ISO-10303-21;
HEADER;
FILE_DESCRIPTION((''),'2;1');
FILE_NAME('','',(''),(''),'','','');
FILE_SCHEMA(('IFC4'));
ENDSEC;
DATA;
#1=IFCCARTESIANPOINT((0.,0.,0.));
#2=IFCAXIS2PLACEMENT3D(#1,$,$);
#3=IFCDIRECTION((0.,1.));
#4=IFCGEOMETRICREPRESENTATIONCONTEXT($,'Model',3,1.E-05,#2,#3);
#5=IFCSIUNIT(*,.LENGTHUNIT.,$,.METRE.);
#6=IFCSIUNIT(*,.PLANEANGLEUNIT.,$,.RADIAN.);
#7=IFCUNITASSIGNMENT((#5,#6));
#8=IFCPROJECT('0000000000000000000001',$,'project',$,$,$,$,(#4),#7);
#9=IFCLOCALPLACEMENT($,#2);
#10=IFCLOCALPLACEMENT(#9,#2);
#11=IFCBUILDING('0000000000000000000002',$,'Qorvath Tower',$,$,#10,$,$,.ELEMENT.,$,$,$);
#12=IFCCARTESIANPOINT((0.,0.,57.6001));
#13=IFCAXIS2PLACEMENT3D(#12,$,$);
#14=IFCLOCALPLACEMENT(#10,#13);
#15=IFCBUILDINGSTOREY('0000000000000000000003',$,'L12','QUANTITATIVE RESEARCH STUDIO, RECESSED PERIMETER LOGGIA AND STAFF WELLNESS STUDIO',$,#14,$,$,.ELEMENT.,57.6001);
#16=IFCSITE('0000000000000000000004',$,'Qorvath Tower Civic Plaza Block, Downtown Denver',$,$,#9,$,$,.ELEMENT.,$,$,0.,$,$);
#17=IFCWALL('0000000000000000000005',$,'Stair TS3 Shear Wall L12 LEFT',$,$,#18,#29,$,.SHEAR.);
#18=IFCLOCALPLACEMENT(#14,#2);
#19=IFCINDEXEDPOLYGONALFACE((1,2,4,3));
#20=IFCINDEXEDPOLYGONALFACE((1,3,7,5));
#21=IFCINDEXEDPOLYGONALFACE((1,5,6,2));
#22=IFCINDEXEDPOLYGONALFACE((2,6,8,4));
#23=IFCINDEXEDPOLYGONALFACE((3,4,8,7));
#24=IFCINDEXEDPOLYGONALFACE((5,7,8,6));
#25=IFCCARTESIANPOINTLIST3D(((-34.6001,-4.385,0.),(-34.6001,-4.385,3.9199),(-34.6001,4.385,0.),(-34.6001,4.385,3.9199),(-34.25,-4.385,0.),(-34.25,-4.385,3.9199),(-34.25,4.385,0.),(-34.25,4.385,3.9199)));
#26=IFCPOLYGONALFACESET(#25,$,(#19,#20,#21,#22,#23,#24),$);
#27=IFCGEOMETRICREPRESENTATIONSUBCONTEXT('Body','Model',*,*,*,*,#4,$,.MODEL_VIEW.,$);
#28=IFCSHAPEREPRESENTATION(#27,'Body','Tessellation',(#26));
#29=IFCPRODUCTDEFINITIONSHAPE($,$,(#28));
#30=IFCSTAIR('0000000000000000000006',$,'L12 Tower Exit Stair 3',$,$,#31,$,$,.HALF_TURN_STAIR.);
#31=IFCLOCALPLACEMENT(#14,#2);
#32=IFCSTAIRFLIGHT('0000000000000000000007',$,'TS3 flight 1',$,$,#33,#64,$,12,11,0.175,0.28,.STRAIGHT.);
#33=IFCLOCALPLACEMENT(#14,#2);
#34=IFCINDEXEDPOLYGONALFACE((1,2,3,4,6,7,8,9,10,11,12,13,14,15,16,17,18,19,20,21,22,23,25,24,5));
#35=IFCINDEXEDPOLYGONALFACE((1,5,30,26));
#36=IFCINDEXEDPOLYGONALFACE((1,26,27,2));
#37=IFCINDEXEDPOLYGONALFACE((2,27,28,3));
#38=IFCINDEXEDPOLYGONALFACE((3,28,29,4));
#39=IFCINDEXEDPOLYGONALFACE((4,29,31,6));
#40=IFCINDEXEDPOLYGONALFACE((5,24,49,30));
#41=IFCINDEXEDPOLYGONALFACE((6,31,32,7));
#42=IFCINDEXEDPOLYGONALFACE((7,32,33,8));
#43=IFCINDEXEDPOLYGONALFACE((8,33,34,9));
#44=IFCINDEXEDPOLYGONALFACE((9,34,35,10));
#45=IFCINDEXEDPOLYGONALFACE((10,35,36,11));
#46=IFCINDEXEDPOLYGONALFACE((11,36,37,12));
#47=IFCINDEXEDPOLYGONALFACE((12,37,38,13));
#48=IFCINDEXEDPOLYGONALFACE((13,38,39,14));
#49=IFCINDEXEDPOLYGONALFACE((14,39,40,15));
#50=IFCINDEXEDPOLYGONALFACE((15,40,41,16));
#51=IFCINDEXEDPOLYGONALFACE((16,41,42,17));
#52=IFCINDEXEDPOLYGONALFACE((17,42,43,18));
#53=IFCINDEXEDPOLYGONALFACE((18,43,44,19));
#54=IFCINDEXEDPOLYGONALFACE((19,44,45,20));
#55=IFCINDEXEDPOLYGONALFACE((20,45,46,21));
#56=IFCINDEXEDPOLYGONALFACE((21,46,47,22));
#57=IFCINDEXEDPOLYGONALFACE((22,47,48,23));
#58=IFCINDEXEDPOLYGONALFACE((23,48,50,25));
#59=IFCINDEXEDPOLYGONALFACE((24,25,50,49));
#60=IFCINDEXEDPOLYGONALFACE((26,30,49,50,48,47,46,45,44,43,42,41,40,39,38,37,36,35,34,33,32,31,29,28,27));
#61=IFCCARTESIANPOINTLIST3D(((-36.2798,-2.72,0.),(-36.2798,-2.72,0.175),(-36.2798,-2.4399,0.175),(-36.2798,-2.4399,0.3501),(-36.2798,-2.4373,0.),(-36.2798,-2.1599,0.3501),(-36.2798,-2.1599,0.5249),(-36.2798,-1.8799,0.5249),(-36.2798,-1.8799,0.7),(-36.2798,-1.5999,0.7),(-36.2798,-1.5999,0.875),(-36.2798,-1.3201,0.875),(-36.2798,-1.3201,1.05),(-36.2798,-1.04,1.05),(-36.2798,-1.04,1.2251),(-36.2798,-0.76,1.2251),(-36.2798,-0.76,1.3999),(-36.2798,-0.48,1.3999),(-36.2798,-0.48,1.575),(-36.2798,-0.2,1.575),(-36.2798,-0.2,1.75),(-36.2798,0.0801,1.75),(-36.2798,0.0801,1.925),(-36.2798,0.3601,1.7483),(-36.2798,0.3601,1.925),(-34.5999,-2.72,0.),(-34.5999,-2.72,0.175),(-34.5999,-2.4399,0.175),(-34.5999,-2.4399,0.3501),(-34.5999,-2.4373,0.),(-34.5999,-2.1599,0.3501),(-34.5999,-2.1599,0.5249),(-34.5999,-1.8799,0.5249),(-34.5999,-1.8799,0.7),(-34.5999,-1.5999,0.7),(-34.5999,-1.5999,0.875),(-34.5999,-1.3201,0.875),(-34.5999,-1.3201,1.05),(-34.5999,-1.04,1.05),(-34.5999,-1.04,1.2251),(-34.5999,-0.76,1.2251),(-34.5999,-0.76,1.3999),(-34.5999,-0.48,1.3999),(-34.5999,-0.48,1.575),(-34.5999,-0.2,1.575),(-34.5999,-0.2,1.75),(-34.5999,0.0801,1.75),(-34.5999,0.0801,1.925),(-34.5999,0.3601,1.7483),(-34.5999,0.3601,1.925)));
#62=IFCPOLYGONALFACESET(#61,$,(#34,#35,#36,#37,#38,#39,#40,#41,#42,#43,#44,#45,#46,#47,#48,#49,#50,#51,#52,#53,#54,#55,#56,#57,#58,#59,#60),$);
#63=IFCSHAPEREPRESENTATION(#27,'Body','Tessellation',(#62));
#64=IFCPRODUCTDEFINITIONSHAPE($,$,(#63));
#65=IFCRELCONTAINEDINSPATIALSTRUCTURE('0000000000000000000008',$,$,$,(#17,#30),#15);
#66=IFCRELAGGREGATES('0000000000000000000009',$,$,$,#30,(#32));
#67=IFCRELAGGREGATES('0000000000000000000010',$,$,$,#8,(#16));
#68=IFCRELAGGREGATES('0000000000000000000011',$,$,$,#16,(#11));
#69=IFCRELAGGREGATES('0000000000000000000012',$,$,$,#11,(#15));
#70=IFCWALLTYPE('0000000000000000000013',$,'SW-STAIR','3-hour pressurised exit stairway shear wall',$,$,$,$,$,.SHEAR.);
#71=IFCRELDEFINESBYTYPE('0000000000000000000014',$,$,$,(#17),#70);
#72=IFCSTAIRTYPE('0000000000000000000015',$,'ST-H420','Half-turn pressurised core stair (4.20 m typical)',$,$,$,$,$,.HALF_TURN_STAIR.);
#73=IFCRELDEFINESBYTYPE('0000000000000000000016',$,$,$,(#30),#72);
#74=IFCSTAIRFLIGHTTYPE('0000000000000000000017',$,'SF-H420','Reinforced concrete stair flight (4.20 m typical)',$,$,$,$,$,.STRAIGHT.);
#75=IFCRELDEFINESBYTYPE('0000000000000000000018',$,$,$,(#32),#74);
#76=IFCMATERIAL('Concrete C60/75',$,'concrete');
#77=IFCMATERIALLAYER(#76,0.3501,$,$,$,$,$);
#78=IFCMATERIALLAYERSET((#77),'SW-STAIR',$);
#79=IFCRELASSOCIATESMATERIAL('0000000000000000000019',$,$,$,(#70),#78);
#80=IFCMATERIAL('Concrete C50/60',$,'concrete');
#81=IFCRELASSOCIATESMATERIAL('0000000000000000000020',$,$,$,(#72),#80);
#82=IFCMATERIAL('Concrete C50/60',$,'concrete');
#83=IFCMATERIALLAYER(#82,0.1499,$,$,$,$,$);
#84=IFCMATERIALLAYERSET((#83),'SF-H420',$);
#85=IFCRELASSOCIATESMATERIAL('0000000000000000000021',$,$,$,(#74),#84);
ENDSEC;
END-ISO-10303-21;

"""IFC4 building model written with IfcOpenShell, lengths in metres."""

from ifc_helpers import new_model, si_unit, direction, frame, frame_2d, origin, place, context, subcontext, project, spatial, polyline, rectangle, outline, extrude, material, layer, layer_set, type_object, element, aggregate, save


model = new_model("IFC4")

# Units and contexts
model_context = context("Model", 3, precision=1e-05, world=origin(), true_north=direction((0.0, 1.0)))
body_context = subcontext(model_context, "Body", "Model", "MODEL_VIEW")
ifc_project = project(units=[si_unit("LENGTHUNIT", "METRE"), si_unit("PLANEANGLEUNIT", "RADIAN")], contexts=[model_context])

# Site, building, storey
site_placement = place(None, origin())
site = spatial("IfcSite", under=ifc_project, at=site_placement, Name="Qorvath Tower Civic Plaza Block, Downtown Denver", CompositionType="ELEMENT", RefElevation=0.0)
building_placement = place(site_placement, origin())
building = spatial("IfcBuilding", under=site, at=building_placement, Name="Qorvath Tower", CompositionType="ELEMENT")
storey_placement = place(building_placement, frame((0.0, 0.0, 57.6001)))
storey = spatial("IfcBuildingStorey", under=building, at=storey_placement, Name="L12", Description="QUANTITATIVE RESEARCH STUDIO, RECESSED PERIMETER LOGGIA AND STAFF WELLNESS STUDIO", CompositionType="ELEMENT", Elevation=57.6001)

# Shared definitions
ifc_material_1 = material(Name="Concrete C60/75", Category="concrete")
ifc_layer_1 = layer(ifc_material_1, 0.3501)
ifc_layer_set_1 = layer_set([ifc_layer_1], Name="SW-STAIR")
wall_type_1 = type_object("IfcWallType", Name="SW-STAIR", Description="3-hour pressurised exit stairway shear wall", PredefinedType="SHEAR", material=ifc_layer_set_1)

# Wall
wall_1_placement = place(storey_placement, frame((-34.425, -4.385, 0.0), z_axis=(0.0, 0.0, 1.0), x_axis=(0.0, 1.0, 0.0)))
element("IfcWall", 1, at=wall_1_placement, inside=storey, type_object=wall_type_1, Name="Stair TS3 Shear Wall L12 LEFT", PredefinedType="SHEAR", context=body_context, shape_type="SweptSolid", body=[
    extrude(rectangle(XDim=8.77, YDim=0.3501, at=frame_2d((4.385, 0.0))), origin(), (0.0, 0.0, 1.0), 3.9199),
])

# Stair, stair flight
ifc_material_2 = material(Name="Concrete C50/60", Category="concrete")
stair_type = type_object("IfcStairType", Name="ST-H420", Description="Half-turn pressurised core stair (4.20 m typical)", PredefinedType="HALF_TURN_STAIR", material=ifc_material_2)
stair_placement = place(storey_placement, origin())
stair = element("IfcStair", 2, at=stair_placement, inside=storey, type_object=stair_type, Name="L12 Tower Exit Stair 3", PredefinedType="HALF_TURN_STAIR")
ifc_material_3 = material(Name="Concrete C50/60", Category="concrete")
ifc_layer_2 = layer(ifc_material_3, 0.1499)
ifc_layer_set_2 = layer_set([ifc_layer_2], Name="SF-H420")
stair_flight_type = type_object("IfcStairFlightType", Name="SF-H420", Description="Reinforced concrete stair flight (4.20 m typical)", PredefinedType="STRAIGHT", material=ifc_layer_set_2)
stair_flight_placement = place(storey_placement, frame((-35.4399, -2.72, 0.0), z_axis=(0.0, 0.0, 1.0), x_axis=(0.0, 1.0, 0.0)))
stair_flight = element("IfcStairFlight", 3, at=stair_flight_placement, type_object=stair_flight_type, Name="TS3 flight 1", NumberOfRisers=12, NumberOfTreads=11, PredefinedType="STRAIGHT", RiserHeight=0.175, TreadLength=0.28, context=body_context, shape_type="SweptSolid", body=[
    extrude(outline(polyline([(0.0, 0.0), (0.0, 0.175), (0.28, 0.175), (0.28, 0.3501), (0.5601, 0.3501), (0.5601, 0.5249), (0.8401, 0.5249), (0.8401, 0.7), (1.1201, 0.7), (1.1201, 0.875), (1.3999, 0.875), (1.3999, 1.05), (1.6799, 1.05), (1.6799, 1.2251), (1.96, 1.2251), (1.96, 1.3999), (2.24, 1.3999), (2.24, 1.575), (2.52, 1.575), (2.52, 1.75), (2.8, 1.75), (2.8, 1.925), (3.0801, 1.925), (3.0801, 2.1001), (3.0801, 1.7483), (0.2827, 0.0), (0.0, 0.0)])), frame((0.0, 0.8398, 0.0), z_axis=(0.0, -1.0, 0.0), x_axis=(1.0, 0.0, 0.0)), (0.0, 0.0, 1.0), 1.6799),
])
aggregate(stair, [stair_flight])

save(model, "model.ifc")
